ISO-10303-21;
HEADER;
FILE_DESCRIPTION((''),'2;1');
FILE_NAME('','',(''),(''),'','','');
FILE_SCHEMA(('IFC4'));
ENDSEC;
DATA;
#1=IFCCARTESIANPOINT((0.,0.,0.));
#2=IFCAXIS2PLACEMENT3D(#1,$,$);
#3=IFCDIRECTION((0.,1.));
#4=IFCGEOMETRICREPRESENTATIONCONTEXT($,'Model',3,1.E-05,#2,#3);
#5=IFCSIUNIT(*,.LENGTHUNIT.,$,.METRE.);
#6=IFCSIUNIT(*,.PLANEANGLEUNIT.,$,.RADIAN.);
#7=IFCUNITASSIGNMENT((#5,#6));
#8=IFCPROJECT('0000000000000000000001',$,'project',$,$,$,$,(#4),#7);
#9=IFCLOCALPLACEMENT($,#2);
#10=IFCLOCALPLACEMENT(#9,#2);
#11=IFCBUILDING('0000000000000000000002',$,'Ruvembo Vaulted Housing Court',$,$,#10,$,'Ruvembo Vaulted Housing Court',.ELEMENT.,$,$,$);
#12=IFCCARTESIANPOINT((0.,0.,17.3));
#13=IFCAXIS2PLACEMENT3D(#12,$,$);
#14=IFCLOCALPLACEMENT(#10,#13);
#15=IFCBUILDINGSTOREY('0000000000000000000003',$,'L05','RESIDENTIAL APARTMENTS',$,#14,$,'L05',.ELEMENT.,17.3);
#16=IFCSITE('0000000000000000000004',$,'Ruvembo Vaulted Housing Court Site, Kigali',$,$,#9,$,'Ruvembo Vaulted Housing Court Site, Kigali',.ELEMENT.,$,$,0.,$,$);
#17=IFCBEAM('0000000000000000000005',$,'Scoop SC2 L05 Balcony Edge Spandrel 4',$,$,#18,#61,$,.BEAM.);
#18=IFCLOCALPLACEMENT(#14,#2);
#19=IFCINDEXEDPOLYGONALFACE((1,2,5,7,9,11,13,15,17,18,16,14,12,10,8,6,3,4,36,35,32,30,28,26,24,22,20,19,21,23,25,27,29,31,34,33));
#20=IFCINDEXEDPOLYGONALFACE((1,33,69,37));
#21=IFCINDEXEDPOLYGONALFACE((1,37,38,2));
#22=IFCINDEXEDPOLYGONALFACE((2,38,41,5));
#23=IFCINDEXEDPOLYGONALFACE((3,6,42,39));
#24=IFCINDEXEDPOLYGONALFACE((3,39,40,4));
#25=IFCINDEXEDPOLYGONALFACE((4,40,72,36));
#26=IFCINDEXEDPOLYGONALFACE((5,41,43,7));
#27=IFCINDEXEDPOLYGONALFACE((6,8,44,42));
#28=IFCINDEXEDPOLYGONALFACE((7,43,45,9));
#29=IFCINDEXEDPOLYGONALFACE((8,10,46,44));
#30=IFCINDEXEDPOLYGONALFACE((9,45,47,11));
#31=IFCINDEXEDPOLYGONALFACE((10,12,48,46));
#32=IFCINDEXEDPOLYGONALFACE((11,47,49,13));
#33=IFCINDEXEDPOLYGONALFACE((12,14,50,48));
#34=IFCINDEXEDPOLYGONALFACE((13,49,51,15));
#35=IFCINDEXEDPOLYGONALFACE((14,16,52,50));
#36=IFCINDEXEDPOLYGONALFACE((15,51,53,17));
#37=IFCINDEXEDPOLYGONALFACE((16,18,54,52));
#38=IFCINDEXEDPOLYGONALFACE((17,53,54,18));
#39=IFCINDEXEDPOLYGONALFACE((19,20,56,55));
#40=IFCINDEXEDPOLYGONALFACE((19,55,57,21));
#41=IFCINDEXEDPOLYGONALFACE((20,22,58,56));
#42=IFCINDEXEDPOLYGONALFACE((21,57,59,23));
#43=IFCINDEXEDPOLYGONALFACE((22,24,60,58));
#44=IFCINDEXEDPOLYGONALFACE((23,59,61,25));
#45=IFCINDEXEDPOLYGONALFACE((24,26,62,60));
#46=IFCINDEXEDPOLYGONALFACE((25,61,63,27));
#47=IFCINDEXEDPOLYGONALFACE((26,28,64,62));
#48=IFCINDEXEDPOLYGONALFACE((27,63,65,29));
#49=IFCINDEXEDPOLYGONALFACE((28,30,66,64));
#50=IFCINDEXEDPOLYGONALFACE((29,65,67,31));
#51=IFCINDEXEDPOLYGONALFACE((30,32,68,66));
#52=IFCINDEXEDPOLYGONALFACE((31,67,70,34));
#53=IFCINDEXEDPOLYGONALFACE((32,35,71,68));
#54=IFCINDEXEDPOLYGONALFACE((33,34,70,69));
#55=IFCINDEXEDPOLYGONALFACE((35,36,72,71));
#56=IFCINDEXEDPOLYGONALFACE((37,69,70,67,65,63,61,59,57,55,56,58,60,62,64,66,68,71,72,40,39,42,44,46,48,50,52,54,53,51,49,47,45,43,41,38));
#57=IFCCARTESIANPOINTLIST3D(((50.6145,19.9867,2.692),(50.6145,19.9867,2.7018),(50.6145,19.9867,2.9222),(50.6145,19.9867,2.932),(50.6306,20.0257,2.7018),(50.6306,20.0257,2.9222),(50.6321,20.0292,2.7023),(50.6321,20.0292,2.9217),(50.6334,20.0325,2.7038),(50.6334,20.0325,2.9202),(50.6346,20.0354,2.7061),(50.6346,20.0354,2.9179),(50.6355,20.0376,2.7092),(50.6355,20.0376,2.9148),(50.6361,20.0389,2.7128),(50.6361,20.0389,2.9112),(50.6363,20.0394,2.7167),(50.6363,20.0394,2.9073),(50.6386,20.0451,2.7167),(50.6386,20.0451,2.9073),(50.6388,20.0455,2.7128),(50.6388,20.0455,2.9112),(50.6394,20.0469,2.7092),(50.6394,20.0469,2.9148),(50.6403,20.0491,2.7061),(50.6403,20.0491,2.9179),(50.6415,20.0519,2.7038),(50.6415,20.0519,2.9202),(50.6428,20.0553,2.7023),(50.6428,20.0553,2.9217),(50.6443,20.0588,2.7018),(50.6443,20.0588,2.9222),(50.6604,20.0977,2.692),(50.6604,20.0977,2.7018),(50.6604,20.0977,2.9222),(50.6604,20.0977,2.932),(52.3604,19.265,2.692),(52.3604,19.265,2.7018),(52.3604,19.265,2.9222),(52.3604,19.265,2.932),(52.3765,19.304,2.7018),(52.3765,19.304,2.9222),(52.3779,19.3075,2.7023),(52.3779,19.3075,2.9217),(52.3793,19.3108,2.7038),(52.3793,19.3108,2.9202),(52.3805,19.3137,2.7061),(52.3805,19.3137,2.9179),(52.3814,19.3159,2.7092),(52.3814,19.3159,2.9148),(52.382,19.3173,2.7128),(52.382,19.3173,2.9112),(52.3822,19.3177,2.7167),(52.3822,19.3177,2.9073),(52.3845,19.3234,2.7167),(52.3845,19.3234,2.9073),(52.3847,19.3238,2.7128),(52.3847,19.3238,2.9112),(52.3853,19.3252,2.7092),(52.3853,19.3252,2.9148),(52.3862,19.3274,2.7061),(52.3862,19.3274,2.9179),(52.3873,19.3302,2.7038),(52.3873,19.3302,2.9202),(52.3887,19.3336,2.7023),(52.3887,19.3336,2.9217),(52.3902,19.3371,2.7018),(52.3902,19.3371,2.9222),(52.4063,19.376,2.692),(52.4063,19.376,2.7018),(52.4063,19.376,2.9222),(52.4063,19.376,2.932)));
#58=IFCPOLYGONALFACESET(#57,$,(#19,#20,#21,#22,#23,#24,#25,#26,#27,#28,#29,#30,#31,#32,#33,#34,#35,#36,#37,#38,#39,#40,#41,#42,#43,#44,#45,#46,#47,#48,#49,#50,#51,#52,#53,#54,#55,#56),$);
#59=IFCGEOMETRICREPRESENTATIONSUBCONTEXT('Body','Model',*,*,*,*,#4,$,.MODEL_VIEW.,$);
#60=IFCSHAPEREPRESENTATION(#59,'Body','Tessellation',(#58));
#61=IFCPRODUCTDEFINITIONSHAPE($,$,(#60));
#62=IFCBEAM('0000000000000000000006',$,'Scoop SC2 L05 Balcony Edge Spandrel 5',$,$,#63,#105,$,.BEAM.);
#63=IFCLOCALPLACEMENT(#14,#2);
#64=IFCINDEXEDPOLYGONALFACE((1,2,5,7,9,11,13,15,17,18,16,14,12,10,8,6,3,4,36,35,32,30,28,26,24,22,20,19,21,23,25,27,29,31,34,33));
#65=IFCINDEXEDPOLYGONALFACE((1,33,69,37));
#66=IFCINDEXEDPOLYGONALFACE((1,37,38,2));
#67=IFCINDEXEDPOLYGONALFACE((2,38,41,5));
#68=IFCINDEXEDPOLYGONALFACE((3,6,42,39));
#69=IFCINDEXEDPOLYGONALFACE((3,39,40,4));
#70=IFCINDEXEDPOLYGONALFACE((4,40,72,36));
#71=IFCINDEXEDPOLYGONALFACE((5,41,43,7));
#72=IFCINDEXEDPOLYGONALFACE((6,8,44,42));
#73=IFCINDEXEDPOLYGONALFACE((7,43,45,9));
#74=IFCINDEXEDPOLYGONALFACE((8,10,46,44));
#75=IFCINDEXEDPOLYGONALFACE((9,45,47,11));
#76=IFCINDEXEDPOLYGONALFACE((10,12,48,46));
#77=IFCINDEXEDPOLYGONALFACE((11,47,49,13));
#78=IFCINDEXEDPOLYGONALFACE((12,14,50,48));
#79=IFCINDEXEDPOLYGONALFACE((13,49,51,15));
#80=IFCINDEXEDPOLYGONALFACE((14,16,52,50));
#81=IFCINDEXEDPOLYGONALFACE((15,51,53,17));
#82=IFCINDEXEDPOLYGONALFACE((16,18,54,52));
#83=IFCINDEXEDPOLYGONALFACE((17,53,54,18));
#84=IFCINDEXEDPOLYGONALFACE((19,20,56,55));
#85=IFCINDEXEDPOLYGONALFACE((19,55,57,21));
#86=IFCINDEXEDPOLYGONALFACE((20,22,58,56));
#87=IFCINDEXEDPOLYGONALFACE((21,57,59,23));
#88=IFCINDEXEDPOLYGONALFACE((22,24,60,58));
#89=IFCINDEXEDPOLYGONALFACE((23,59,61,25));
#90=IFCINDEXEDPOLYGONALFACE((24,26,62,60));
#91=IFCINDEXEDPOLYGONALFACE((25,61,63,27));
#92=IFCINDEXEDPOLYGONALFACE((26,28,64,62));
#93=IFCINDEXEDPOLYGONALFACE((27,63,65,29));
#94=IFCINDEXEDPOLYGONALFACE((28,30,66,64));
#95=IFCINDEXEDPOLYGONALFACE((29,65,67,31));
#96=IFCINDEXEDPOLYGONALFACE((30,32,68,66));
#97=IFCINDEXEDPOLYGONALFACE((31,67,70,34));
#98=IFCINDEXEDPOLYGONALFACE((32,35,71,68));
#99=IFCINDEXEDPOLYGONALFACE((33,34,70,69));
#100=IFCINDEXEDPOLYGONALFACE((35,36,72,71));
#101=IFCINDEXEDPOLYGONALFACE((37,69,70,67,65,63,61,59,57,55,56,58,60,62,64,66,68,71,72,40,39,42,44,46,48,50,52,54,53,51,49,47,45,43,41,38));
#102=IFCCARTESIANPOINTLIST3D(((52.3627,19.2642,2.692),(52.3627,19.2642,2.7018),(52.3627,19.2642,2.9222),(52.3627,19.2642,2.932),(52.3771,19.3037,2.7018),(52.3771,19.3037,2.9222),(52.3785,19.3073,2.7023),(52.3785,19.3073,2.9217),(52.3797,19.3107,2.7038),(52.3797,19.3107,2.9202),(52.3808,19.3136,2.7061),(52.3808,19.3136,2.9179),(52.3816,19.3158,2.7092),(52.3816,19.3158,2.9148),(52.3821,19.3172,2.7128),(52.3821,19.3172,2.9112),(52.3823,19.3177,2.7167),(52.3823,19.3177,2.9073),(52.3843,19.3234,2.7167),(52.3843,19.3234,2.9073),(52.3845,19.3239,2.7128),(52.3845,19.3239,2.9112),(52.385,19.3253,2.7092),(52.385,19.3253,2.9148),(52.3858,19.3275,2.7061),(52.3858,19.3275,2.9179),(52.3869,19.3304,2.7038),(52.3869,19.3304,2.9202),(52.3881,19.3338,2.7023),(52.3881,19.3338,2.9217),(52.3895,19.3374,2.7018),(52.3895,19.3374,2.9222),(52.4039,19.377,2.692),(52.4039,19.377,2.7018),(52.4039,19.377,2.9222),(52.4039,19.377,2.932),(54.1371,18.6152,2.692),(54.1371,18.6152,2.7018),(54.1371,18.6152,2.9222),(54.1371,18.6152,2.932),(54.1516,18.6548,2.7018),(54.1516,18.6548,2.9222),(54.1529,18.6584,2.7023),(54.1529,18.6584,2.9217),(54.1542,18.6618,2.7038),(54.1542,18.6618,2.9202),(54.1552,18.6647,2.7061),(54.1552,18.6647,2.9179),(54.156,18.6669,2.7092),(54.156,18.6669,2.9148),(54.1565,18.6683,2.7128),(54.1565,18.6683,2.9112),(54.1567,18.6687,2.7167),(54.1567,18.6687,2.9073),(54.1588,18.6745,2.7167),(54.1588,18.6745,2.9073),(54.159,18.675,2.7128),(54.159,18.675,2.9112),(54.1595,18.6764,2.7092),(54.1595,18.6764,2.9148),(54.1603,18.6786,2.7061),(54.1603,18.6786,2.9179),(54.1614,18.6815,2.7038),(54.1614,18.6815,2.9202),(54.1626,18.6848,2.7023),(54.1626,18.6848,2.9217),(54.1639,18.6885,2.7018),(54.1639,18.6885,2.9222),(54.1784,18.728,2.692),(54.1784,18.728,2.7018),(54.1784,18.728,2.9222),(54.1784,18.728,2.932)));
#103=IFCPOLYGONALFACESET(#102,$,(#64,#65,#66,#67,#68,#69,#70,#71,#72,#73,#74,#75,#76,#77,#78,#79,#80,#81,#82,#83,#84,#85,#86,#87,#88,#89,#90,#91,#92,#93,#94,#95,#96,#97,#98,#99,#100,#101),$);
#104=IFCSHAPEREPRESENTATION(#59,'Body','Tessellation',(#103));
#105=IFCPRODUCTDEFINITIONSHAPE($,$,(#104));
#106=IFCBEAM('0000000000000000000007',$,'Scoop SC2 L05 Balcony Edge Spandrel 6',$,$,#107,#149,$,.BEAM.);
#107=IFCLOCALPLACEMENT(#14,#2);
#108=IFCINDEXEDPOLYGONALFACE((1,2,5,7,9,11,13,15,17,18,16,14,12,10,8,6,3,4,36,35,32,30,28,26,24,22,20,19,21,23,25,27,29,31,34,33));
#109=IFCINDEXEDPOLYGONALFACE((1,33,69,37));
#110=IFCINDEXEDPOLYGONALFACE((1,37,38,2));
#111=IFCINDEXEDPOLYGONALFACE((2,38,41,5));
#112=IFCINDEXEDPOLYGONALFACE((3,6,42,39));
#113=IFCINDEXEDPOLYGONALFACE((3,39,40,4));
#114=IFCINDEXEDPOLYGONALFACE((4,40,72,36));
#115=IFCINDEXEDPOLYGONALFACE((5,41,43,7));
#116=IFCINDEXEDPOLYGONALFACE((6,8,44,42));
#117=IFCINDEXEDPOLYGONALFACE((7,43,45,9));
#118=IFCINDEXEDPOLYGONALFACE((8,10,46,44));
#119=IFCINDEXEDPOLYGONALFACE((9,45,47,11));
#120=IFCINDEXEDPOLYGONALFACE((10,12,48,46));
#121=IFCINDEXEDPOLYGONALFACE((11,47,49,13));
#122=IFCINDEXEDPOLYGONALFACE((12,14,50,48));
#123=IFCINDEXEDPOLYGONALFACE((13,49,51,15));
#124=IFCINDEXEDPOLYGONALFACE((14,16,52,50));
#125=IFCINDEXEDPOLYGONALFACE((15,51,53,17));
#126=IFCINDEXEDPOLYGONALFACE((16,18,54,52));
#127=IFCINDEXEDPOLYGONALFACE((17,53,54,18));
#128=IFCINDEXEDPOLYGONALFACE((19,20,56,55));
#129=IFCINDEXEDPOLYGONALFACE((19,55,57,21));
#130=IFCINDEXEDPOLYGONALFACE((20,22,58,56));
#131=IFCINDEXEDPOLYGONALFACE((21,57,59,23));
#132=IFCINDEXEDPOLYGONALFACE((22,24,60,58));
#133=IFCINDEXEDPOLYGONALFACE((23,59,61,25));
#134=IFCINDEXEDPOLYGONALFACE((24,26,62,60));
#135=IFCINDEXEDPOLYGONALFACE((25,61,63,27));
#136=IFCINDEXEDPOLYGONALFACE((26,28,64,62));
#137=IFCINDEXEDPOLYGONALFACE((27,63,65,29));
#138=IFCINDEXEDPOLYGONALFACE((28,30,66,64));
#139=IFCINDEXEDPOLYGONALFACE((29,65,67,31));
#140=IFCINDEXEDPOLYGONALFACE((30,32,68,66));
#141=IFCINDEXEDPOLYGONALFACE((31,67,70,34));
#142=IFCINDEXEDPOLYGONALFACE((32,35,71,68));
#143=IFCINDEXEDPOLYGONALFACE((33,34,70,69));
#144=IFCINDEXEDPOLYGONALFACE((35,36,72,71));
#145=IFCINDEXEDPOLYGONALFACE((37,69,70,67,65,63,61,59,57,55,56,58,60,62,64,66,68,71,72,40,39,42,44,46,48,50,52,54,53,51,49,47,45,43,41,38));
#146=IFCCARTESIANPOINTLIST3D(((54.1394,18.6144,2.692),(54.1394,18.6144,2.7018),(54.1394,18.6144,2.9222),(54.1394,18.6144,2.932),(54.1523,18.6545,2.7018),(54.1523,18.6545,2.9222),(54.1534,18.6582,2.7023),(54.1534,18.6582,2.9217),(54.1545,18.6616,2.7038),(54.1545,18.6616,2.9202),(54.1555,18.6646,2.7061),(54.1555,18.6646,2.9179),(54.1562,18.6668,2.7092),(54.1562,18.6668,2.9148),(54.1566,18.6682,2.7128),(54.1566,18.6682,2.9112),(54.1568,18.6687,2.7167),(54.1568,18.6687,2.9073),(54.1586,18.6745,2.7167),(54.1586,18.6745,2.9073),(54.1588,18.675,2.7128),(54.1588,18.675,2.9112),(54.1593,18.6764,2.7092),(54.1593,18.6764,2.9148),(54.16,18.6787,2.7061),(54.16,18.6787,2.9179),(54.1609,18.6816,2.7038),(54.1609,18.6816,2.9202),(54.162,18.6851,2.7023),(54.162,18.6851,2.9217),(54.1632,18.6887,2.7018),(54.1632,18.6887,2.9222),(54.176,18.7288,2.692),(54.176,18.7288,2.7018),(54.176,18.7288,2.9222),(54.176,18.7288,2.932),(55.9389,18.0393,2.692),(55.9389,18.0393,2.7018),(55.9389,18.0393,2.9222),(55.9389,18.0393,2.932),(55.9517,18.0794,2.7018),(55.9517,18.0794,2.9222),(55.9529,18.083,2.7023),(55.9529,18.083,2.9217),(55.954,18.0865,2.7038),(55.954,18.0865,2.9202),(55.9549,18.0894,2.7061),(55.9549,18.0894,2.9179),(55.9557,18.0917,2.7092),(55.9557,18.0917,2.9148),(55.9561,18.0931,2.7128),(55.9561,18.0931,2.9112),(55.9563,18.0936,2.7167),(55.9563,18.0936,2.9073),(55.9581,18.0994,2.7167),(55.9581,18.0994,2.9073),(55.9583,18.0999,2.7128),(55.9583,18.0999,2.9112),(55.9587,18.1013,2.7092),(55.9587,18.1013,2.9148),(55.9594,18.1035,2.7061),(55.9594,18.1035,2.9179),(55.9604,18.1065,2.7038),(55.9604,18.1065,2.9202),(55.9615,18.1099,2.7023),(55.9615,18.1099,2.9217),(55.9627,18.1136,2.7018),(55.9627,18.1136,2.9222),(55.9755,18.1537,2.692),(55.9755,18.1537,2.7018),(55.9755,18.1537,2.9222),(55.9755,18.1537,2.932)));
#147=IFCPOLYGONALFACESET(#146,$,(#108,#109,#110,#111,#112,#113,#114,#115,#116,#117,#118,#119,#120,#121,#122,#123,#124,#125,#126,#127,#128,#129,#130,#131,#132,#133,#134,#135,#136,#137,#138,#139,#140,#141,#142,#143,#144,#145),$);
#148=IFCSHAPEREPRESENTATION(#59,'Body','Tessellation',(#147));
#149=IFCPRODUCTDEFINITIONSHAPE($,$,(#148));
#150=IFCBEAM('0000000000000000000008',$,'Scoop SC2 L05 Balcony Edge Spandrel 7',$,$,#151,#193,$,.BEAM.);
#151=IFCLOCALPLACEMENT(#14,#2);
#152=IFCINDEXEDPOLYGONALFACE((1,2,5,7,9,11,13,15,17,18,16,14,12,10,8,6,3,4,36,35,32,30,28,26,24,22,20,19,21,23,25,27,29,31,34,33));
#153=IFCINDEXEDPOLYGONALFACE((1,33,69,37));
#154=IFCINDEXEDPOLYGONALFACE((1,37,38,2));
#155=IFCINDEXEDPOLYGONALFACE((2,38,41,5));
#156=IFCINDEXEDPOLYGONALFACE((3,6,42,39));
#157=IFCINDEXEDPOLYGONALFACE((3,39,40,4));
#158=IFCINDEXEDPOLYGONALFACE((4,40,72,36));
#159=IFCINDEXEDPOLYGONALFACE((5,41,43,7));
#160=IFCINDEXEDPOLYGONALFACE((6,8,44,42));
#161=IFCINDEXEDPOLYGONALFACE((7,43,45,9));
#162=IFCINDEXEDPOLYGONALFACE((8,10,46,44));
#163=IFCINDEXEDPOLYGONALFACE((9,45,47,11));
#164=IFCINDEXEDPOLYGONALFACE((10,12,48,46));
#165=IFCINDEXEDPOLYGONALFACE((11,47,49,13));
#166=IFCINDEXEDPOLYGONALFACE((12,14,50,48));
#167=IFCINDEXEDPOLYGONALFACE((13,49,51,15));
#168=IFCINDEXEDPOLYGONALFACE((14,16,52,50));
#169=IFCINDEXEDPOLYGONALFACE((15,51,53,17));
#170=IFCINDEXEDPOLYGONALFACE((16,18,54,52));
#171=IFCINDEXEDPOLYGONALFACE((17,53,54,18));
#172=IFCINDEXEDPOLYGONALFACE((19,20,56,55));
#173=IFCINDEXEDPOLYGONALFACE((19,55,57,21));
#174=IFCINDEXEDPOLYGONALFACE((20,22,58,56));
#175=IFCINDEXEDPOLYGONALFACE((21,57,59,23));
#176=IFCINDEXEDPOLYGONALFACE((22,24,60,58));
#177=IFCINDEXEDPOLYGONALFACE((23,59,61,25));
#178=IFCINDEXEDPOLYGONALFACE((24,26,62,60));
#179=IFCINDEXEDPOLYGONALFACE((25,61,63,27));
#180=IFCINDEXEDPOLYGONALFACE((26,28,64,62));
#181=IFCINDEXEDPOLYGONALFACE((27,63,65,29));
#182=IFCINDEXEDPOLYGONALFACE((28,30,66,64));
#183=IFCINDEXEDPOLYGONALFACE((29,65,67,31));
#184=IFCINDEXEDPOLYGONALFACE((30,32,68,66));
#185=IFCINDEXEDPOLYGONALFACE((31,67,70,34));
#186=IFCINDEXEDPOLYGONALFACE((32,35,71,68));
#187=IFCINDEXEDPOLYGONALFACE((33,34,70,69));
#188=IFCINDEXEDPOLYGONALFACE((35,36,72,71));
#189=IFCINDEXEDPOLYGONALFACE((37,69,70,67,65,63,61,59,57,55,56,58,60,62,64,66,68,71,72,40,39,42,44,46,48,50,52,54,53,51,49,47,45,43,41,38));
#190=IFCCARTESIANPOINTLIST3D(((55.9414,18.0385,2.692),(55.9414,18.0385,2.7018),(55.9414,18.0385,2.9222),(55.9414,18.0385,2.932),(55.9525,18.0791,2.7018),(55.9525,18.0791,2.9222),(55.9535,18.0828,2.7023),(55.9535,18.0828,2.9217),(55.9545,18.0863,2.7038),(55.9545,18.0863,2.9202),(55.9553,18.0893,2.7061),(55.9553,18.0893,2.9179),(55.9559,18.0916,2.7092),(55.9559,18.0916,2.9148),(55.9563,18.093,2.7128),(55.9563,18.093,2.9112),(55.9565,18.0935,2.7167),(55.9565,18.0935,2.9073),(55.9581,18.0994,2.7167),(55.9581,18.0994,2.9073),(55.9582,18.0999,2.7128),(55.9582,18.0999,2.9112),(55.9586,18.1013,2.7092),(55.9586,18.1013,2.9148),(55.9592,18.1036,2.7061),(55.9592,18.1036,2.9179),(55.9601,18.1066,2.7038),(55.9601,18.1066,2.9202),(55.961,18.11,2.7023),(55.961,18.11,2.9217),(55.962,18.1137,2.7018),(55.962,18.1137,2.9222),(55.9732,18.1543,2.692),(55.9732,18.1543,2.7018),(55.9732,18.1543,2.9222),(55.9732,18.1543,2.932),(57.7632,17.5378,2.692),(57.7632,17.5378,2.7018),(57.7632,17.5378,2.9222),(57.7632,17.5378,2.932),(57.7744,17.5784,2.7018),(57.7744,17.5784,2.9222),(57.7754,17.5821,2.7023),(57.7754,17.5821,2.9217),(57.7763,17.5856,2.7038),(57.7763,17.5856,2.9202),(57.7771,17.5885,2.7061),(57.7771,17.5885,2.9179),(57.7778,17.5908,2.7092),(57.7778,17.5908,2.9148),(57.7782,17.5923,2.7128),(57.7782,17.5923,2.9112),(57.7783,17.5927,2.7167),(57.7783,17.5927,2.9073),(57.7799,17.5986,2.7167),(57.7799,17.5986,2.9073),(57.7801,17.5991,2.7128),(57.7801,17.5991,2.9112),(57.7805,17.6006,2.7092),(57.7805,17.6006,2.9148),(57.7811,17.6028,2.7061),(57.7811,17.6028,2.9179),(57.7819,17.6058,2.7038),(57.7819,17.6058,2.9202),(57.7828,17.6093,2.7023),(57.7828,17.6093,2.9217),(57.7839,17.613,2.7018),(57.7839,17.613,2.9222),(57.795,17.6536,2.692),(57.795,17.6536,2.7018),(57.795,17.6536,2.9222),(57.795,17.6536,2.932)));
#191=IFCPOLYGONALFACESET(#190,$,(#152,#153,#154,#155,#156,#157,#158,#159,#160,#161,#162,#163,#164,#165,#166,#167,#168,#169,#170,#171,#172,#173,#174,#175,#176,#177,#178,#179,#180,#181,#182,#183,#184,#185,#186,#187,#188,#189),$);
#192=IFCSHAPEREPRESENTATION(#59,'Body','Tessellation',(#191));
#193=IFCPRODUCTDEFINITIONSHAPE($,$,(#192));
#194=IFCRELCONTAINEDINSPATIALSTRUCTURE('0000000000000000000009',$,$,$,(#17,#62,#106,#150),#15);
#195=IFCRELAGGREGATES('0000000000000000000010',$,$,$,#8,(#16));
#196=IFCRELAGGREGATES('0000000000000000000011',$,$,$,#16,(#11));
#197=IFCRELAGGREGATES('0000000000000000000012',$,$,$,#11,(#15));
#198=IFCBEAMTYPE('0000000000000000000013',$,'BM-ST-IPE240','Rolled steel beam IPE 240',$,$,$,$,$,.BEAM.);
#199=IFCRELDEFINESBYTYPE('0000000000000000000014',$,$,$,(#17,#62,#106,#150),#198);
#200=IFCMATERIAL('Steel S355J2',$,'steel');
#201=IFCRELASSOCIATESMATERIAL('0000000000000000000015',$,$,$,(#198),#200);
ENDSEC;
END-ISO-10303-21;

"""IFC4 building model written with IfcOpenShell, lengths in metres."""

from ifc_helpers import new_model, si_unit, direction, frame, origin, origin_2d, place, context, subcontext, project, spatial, i_section, extrude, material, material_profile, profile_set, type_object, element, save


model = new_model("IFC4")

# Units and contexts
model_context = context("Model", 3, precision=1e-05, world=origin(), true_north=direction((0.0, 1.0)))
body_context = subcontext(model_context, "Body", "Model", "MODEL_VIEW")
ifc_project = project(units=[si_unit("LENGTHUNIT", "METRE"), si_unit("PLANEANGLEUNIT", "RADIAN")], contexts=[model_context])

# Site, building, storey
site_placement = place(None, origin())
site = spatial("IfcSite", under=ifc_project, at=site_placement, Name="Ruvembo Vaulted Housing Court Site, Kigali", LongName="Ruvembo Vaulted Housing Court Site, Kigali", CompositionType="ELEMENT", RefElevation=0.0)
building_placement = place(site_placement, origin())
building = spatial("IfcBuilding", under=site, at=building_placement, Name="Ruvembo Vaulted Housing Court", LongName="Ruvembo Vaulted Housing Court", CompositionType="ELEMENT")
storey_placement = place(building_placement, frame((0.0, 0.0, 17.3)))
storey = spatial("IfcBuildingStorey", under=building, at=storey_placement, Name="L05", Description="RESIDENTIAL APARTMENTS", LongName="L05", CompositionType="ELEMENT", Elevation=17.3)

# Beams
ifc_material_1 = material(Name="Steel S355J2", Category="steel")
ifc_material_profile_1 = material_profile(ifc_material_1, i_section(OverallWidth=0.1201, OverallDepth=0.24, WebThickness=0.0061, FlangeThickness=0.0098, FilletRadius=0.0149, at=origin_2d()), Name="IPE 240")
ifc_profile_set_1 = profile_set([ifc_material_profile_1], Name="Steel S355J2")
beam_type = type_object("IfcBeamType", Name="BM-ST-IPE240", Description="Rolled steel beam IPE 240", PredefinedType="BEAM", material=ifc_profile_set_1)
beam_1_placement = place(storey_placement, frame((50.6375, 20.0422, 2.812), z_axis=(0.924155, -0.382017, 0.0), x_axis=(0.382017, 0.924155, 0.0)))
element("IfcBeam", 1, at=beam_1_placement, inside=storey, type_object=beam_type, Name="Scoop SC2 L05 Balcony Edge Spandrel 4", PredefinedType="BEAM", context=body_context, shape_type="SweptSolid", body=[
    extrude(i_section(OverallWidth=0.1201, OverallDepth=0.24, WebThickness=0.0061, FlangeThickness=0.0098, FilletRadius=0.0149, at=origin_2d()), origin(), (0.0, 0.0, 1.0), 1.8892),
])
beam_2_placement = place(storey_placement, frame((52.3833, 19.3206, 2.812), z_axis=(0.939166, -0.343465, 0.0), x_axis=(0.343465, 0.939166, 0.0)))
element("IfcBeam", 2, at=beam_2_placement, inside=storey, type_object=beam_type, Name="Scoop SC2 L05 Balcony Edge Spandrel 5", PredefinedType="BEAM", context=body_context, shape_type="SweptSolid", body=[
    extrude(i_section(OverallWidth=0.1201, OverallDepth=0.24, WebThickness=0.0061, FlangeThickness=0.0098, FilletRadius=0.0149, at=origin_2d()), origin(), (0.0, 0.0, 1.0), 1.8894),
])
beam_3_placement = place(storey_placement, frame((54.1577, 18.6716, 2.812), z_axis=(0.952526, -0.304457, 0.0), x_axis=(0.304457, 0.952526, 0.0)))
element("IfcBeam", 3, at=beam_3_placement, inside=storey, type_object=beam_type, Name="Scoop SC2 L05 Balcony Edge Spandrel 6", PredefinedType="BEAM", context=body_context, shape_type="SweptSolid", body=[
    extrude(i_section(OverallWidth=0.1201, OverallDepth=0.24, WebThickness=0.0061, FlangeThickness=0.0098, FilletRadius=0.0149, at=origin_2d()), origin(), (0.0, 0.0, 1.0), 1.8892),
])
beam_4_placement = place(storey_placement, frame((55.9573, 18.0964, 2.812), z_axis=(0.96424, -0.26503, 0.0), x_axis=(0.26503, 0.96424, 0.0)))
element("IfcBeam", 4, at=beam_4_placement, inside=storey, type_object=beam_type, Name="Scoop SC2 L05 Balcony Edge Spandrel 7", PredefinedType="BEAM", context=body_context, shape_type="SweptSolid", body=[
    extrude(i_section(OverallWidth=0.1201, OverallDepth=0.24, WebThickness=0.0061, FlangeThickness=0.0098, FilletRadius=0.0149, at=origin_2d()), origin(), (0.0, 0.0, 1.0), 1.8894),
])

save(model, "model.ifc")
